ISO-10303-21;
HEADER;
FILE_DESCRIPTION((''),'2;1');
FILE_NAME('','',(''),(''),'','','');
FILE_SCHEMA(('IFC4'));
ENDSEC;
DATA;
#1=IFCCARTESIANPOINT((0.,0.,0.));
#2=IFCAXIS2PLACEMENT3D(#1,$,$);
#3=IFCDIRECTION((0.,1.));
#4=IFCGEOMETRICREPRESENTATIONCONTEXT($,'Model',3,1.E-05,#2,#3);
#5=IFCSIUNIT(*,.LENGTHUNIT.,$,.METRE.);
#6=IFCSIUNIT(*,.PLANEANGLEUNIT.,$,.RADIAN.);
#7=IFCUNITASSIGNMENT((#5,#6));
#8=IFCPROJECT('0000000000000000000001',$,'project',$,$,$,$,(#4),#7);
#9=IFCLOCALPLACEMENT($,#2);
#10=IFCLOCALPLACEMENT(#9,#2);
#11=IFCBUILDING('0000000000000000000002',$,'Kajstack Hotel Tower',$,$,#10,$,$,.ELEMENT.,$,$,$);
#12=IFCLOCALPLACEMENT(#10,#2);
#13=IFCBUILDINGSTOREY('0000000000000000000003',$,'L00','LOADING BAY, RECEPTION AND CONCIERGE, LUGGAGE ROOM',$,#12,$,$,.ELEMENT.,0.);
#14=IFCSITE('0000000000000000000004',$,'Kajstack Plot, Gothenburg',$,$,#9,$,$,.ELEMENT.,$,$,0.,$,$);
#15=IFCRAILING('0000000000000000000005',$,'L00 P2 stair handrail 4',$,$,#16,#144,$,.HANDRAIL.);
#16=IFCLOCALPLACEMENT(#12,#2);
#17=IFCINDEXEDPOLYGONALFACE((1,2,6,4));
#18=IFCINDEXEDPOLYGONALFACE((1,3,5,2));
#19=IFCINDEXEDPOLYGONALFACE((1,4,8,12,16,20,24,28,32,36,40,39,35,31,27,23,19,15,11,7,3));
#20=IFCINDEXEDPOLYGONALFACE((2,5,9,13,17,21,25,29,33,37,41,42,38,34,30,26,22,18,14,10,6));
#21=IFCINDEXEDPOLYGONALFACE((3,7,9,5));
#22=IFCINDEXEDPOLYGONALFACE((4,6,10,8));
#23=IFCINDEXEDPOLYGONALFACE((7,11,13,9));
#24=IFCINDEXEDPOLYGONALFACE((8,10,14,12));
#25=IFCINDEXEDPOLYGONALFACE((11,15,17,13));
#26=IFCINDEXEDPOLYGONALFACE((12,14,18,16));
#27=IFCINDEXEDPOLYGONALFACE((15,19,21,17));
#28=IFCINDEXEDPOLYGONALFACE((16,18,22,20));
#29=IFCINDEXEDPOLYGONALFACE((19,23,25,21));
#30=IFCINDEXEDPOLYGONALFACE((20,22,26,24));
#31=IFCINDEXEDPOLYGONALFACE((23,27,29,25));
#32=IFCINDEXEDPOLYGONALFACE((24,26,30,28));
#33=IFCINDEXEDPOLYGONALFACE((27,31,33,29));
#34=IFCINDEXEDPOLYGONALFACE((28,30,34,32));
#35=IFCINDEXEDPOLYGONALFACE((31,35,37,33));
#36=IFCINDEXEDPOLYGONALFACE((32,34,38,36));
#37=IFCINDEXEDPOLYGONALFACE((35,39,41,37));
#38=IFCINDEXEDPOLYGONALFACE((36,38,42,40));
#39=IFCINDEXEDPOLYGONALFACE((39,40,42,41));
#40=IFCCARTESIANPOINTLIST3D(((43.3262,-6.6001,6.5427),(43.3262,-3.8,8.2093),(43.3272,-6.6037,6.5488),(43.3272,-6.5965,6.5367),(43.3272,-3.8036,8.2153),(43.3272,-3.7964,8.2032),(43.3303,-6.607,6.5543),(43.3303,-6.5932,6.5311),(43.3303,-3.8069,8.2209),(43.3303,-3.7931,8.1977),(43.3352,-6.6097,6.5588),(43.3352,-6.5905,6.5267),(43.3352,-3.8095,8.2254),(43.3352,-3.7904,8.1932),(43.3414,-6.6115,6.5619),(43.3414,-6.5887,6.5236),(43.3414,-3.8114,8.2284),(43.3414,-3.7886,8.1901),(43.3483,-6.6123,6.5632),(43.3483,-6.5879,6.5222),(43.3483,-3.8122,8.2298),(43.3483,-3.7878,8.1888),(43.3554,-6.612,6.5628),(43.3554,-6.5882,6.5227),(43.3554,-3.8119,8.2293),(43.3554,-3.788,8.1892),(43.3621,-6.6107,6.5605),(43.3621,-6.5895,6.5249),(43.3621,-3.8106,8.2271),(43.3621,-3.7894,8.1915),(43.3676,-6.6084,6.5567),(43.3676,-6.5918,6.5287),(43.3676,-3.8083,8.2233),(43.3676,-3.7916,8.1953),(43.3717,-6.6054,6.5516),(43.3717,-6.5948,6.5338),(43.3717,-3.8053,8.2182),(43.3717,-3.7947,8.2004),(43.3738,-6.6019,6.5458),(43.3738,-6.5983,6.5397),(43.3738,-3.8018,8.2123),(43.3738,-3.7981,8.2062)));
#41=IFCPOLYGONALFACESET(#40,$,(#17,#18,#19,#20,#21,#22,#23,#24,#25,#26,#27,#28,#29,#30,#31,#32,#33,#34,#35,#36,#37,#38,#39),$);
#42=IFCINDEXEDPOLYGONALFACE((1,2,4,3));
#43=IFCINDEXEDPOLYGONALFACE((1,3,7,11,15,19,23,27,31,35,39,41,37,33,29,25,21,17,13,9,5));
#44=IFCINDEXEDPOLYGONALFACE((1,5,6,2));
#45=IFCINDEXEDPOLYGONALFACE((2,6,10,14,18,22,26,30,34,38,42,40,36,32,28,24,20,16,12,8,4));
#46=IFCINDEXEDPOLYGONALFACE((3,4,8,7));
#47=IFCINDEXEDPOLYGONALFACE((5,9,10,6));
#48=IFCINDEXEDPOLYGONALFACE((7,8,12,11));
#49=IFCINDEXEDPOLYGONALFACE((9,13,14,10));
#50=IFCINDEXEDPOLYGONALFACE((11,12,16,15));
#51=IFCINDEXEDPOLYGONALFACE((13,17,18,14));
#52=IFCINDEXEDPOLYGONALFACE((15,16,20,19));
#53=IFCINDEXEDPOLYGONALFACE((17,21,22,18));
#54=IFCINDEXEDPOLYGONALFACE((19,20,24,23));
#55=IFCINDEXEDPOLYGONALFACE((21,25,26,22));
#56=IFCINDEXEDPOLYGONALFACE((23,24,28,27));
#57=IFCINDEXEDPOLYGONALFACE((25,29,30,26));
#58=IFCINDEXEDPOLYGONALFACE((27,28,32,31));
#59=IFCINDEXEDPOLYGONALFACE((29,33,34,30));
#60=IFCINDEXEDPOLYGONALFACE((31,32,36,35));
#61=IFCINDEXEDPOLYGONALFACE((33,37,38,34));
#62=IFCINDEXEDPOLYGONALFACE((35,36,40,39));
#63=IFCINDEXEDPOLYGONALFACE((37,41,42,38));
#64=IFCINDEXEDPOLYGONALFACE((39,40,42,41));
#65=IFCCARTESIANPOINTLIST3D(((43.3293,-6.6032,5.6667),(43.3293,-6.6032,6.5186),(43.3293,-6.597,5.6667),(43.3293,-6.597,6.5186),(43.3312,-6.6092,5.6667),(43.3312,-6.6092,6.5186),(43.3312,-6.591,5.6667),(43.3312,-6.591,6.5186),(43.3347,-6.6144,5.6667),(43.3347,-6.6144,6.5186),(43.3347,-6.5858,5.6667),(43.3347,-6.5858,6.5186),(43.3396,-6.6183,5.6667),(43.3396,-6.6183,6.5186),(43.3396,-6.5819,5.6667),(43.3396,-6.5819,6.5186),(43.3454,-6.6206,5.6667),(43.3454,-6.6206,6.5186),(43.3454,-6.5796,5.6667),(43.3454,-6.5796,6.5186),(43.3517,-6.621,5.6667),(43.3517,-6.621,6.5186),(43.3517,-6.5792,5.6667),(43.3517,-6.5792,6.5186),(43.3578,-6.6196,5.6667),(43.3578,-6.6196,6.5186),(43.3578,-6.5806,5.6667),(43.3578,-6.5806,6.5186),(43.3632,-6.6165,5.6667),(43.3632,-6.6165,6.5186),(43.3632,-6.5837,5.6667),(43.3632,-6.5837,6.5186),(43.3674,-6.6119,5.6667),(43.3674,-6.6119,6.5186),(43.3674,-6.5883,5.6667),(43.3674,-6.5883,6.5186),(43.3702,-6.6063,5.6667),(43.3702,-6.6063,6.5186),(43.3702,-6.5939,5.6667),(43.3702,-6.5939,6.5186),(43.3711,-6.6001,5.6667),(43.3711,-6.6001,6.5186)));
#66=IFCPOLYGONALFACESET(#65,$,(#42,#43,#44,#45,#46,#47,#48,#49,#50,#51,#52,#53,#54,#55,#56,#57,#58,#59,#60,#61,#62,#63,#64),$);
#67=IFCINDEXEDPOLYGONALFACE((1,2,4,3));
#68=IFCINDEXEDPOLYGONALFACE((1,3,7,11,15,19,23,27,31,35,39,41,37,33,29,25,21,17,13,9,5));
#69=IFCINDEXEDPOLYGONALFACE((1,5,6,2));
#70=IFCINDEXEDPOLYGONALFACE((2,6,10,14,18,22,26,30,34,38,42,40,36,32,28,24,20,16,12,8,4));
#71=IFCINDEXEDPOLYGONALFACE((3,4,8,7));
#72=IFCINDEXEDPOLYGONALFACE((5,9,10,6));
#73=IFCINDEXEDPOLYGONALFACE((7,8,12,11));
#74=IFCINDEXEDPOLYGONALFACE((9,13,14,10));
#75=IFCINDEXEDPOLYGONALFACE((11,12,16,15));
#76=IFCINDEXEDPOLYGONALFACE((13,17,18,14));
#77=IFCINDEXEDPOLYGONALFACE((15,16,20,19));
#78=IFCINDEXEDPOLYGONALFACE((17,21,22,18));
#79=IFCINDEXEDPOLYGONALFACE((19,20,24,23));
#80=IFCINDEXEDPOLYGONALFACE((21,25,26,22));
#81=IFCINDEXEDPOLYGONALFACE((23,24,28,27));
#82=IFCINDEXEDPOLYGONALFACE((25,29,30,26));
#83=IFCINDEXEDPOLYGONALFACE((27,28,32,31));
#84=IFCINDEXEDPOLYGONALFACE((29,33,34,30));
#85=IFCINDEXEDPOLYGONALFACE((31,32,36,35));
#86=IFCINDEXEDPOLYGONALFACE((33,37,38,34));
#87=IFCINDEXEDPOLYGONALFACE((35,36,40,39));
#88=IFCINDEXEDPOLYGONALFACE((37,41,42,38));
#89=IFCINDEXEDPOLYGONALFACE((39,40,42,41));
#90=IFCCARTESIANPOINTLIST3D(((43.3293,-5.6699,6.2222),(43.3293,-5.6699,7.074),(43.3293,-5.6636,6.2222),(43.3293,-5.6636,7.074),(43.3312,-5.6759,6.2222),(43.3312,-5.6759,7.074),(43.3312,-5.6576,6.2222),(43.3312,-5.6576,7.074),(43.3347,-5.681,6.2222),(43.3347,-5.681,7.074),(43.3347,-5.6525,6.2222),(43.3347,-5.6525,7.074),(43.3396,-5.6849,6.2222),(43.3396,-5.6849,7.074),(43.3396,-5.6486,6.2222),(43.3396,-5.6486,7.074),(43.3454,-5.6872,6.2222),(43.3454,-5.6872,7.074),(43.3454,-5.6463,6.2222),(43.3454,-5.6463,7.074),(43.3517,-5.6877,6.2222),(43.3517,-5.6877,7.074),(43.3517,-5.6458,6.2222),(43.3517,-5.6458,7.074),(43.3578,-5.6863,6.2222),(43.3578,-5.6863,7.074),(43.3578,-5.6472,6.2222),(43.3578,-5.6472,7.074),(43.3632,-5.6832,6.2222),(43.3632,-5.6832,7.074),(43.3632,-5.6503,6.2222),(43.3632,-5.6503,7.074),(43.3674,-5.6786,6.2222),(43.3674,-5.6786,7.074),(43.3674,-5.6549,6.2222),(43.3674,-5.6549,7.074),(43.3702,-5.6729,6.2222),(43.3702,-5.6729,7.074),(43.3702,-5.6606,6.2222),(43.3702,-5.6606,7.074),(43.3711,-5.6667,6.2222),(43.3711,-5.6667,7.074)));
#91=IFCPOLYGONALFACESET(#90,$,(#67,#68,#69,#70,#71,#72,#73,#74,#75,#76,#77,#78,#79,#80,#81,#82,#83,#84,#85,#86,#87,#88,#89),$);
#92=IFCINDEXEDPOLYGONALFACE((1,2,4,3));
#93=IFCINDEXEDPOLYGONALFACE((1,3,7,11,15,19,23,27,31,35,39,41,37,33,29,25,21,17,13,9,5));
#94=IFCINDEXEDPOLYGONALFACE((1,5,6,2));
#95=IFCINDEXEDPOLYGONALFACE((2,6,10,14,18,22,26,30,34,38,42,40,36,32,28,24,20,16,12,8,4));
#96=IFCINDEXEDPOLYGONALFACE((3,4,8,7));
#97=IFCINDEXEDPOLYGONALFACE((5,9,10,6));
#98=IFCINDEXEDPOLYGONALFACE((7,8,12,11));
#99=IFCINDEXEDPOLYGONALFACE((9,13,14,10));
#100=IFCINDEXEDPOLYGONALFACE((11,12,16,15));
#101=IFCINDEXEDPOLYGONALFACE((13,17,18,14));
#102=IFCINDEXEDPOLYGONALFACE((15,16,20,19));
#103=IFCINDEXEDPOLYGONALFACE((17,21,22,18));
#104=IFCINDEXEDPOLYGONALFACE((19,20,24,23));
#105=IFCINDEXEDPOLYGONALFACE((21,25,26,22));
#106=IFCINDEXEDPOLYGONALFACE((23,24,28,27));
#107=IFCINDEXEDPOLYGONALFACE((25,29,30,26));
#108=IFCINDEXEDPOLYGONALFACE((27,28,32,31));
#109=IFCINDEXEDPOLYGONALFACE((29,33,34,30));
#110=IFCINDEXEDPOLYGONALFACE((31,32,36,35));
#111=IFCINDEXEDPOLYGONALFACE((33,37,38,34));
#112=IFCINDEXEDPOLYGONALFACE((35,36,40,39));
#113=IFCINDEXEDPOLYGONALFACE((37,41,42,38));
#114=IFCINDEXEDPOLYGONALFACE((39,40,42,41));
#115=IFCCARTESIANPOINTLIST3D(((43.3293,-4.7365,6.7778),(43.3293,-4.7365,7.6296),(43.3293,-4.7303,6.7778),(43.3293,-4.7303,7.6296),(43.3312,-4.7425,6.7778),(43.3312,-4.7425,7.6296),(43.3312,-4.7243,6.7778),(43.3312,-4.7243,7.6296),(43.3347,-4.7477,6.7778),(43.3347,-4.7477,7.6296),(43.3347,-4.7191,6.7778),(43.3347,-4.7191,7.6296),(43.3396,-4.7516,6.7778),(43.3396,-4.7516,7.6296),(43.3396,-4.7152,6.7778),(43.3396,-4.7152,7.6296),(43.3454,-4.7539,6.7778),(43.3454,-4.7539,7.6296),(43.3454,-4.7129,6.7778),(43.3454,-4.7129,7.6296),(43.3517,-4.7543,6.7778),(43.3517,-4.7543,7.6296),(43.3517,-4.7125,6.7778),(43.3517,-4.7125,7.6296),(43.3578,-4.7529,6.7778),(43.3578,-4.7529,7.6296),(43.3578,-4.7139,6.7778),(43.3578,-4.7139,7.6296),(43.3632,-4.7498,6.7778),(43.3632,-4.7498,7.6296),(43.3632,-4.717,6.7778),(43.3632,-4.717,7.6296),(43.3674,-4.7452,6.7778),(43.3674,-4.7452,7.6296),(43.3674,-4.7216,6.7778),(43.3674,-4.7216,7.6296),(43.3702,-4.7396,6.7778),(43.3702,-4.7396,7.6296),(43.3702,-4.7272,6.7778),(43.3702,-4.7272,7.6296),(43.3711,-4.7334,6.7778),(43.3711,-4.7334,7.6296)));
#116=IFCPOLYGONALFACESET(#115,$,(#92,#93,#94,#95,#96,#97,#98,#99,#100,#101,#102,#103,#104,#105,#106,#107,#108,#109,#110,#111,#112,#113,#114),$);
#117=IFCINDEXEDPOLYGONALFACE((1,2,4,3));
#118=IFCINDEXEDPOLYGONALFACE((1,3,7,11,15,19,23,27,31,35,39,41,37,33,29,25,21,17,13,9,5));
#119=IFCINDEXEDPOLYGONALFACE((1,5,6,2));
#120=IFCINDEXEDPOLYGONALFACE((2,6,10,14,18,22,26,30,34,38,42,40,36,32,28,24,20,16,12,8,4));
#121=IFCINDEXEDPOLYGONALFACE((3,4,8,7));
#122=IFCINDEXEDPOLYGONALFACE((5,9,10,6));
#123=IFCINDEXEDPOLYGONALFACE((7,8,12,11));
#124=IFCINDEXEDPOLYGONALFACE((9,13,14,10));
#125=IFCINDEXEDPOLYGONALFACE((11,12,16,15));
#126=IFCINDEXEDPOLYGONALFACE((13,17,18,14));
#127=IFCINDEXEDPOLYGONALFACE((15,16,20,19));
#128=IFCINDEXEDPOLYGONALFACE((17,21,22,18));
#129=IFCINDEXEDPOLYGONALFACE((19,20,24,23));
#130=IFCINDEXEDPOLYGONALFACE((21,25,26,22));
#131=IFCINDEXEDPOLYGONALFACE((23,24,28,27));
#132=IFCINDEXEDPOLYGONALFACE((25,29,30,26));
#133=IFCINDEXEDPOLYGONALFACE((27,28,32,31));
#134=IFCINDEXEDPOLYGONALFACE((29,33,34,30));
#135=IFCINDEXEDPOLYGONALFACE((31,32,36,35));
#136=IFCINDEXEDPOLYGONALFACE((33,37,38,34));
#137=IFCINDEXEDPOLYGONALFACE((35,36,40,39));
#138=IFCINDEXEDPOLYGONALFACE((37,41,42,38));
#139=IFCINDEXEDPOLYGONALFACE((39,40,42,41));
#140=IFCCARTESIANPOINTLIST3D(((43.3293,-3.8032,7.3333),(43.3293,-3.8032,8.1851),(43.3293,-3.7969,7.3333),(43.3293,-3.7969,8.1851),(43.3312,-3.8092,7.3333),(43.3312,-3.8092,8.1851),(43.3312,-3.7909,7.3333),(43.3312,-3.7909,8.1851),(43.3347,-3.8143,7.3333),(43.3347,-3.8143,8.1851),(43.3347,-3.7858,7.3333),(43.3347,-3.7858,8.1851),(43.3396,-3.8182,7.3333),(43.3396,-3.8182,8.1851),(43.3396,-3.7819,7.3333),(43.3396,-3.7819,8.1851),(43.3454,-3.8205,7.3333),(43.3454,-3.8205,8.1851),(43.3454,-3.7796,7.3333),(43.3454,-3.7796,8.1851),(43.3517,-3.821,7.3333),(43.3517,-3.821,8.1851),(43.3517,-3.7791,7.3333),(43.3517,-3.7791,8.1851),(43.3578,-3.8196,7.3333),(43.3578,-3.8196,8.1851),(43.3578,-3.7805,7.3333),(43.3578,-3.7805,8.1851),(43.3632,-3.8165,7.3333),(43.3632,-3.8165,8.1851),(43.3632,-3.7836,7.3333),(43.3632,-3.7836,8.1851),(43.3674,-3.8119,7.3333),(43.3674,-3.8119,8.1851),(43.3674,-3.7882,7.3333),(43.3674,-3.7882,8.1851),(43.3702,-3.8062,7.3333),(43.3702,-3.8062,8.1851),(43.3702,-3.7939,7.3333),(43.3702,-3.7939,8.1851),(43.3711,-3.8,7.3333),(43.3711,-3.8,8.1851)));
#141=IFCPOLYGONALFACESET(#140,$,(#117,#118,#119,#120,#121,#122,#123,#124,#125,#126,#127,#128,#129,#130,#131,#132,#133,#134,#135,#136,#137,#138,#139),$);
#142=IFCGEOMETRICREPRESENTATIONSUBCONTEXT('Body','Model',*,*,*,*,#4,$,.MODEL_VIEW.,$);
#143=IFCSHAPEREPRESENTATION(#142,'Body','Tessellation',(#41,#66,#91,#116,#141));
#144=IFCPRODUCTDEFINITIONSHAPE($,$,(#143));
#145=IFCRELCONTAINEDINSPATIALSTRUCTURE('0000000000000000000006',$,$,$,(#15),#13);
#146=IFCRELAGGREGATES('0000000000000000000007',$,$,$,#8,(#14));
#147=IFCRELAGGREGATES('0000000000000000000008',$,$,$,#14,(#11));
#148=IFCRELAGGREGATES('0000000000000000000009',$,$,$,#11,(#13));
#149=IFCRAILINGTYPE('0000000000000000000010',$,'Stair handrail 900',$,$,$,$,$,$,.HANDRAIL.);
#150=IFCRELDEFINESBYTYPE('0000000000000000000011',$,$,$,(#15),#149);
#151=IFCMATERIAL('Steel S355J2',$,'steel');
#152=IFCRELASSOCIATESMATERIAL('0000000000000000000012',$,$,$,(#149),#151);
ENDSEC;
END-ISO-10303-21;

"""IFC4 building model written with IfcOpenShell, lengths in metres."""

from ifc_helpers import new_model, si_unit, direction, frame, origin, origin_2d, place, context, subcontext, project, spatial, circle, extrude, material, type_object, element, save


model = new_model("IFC4")

# Units and contexts
model_context = context("Model", 3, precision=1e-05, world=origin(), true_north=direction((0.0, 1.0)))
body_context = subcontext(model_context, "Body", "Model", "MODEL_VIEW")
ifc_project = project(units=[si_unit("LENGTHUNIT", "METRE"), si_unit("PLANEANGLEUNIT", "RADIAN")], contexts=[model_context])

# Site, building, storey
site_placement = place(None, origin())
site = spatial("IfcSite", under=ifc_project, at=site_placement, Name="Kajstack Plot, Gothenburg", CompositionType="ELEMENT", RefElevation=0.0)
building_placement = place(site_placement, origin())
building = spatial("IfcBuilding", under=site, at=building_placement, Name="Kajstack Hotel Tower", CompositionType="ELEMENT")
storey_placement = place(building_placement, origin())
storey = spatial("IfcBuildingStorey", under=building, at=storey_placement, Name="L00", Description="LOADING BAY, RECEPTION AND CONCIERGE, LUGGAGE ROOM", CompositionType="ELEMENT", Elevation=0.0)

# Railing
ifc_material_1 = material(Name="Steel S355J2", Category="steel")
railing_type_1 = type_object("IfcRailingType", Name="Stair handrail 900", PredefinedType="HANDRAIL", material=ifc_material_1)
railing_1_placement = place(storey_placement, frame((43.3501, -6.6001, 5.6667)))
element("IfcRailing", 1, at=railing_1_placement, inside=storey, type_object=railing_type_1, Name="L00 P2 stair handrail 4", PredefinedType="HANDRAIL", context=body_context, shape_type="SweptSolid", body=[
    extrude(circle(Radius=0.0239, at=origin_2d()), frame((0.0, 0.0, 0.876), z_axis=(0.0, 0.859319, 0.51144), x_axis=(-1.0, 0.0, 0.0)), (0.0, 0.0, 1.0), 3.2585),
    extrude(circle(Radius=0.021, at=origin_2d()), origin(), (0.0, 0.0, 1.0), 0.8518),
    extrude(circle(Radius=0.021, at=origin_2d()), frame((0.0, 0.9333, 0.5554)), (0.0, 0.0, 1.0), 0.8518),
    extrude(circle(Radius=0.021, at=origin_2d()), frame((0.0, 1.8667, 1.1111)), (0.0, 0.0, 1.0), 0.8518),
    extrude(circle(Radius=0.021, at=origin_2d()), frame((0.0, 2.8, 1.6665)), (0.0, 0.0, 1.0), 0.8518),
])

save(model, "model.ifc")
